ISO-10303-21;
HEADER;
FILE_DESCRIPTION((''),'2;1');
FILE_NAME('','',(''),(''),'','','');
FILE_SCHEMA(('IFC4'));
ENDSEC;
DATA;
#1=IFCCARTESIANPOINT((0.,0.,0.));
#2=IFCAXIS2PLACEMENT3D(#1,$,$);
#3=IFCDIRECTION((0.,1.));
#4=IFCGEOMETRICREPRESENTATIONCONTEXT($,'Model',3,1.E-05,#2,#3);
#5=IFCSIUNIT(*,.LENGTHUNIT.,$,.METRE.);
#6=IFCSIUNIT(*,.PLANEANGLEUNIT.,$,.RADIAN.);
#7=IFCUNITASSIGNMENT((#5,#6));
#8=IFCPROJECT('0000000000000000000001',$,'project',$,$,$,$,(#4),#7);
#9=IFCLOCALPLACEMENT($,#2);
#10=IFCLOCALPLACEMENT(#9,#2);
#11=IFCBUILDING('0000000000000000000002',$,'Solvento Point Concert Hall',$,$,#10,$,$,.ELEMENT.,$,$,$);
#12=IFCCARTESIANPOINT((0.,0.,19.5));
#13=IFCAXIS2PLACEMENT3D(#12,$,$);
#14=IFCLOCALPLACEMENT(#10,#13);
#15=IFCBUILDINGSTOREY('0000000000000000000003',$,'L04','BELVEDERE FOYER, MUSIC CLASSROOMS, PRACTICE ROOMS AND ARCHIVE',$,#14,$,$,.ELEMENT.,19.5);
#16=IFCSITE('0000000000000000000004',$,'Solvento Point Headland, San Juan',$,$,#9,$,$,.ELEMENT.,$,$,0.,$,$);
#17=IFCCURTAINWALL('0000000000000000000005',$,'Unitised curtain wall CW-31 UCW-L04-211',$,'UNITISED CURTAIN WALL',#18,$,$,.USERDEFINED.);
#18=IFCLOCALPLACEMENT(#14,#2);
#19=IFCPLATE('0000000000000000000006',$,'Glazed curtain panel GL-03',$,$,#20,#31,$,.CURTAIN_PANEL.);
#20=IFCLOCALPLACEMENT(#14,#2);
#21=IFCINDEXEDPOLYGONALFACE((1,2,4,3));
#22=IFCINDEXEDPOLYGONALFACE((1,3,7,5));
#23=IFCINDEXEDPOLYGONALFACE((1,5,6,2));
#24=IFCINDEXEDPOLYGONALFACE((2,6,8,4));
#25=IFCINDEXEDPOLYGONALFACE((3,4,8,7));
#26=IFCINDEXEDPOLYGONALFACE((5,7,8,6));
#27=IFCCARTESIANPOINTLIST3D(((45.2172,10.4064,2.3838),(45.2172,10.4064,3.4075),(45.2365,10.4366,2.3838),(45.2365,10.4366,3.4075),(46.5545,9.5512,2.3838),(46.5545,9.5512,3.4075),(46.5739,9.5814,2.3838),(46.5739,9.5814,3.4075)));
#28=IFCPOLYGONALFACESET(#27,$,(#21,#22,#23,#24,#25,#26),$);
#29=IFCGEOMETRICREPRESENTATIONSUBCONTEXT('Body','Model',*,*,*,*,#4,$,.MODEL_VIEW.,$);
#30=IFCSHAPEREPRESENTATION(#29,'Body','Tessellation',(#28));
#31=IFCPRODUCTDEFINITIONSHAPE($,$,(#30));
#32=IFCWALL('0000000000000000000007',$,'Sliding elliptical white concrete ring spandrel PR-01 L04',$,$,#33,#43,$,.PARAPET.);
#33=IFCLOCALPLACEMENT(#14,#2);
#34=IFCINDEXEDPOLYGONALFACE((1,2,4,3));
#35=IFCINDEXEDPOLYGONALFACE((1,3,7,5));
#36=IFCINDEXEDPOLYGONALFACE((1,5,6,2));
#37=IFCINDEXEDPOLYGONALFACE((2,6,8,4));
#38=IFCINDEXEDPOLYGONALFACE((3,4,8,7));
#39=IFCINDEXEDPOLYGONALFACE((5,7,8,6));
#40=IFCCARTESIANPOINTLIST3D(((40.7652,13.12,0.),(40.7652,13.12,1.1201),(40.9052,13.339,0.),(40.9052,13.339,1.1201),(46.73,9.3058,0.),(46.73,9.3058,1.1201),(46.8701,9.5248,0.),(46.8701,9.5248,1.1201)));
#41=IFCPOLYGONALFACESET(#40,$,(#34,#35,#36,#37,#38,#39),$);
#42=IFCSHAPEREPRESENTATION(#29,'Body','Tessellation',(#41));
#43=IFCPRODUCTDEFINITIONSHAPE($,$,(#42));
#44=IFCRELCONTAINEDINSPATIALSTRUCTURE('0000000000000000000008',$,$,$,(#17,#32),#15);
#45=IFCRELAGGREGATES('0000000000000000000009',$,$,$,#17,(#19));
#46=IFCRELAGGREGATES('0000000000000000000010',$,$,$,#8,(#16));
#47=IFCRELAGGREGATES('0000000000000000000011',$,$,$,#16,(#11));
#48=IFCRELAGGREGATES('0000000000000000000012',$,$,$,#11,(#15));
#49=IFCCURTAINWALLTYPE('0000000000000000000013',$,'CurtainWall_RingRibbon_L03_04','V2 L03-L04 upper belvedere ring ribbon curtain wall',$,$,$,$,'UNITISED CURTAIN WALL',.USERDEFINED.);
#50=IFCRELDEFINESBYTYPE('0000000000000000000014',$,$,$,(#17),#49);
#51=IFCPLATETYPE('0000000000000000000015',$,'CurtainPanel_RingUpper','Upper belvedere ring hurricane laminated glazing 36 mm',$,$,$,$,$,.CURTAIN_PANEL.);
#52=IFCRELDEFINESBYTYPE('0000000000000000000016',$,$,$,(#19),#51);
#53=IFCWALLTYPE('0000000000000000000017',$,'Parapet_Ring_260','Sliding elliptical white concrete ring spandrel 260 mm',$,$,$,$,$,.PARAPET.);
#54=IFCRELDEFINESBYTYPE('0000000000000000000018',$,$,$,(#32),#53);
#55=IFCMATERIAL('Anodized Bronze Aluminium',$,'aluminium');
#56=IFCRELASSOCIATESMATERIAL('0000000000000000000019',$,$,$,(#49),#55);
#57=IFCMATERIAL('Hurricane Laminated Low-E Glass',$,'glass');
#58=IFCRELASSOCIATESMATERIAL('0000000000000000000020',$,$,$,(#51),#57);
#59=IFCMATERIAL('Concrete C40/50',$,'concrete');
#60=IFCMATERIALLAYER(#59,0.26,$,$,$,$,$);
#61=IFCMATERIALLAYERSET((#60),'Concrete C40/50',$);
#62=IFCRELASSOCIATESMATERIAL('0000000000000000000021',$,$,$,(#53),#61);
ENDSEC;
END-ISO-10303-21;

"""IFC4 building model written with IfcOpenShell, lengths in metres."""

from ifc_helpers import new_model, si_unit, direction, frame, frame_2d, origin, origin_2d, place, context, subcontext, project, spatial, rectangle, extrude, material, layer, layer_set, type_object, element, aggregate, save


model = new_model("IFC4")

# Units and contexts
model_context = context("Model", 3, precision=1e-05, world=origin(), true_north=direction((0.0, 1.0)))
body_context = subcontext(model_context, "Body", "Model", "MODEL_VIEW")
ifc_project = project(units=[si_unit("LENGTHUNIT", "METRE"), si_unit("PLANEANGLEUNIT", "RADIAN")], contexts=[model_context])

# Site, building, storey
site_placement = place(None, origin())
site = spatial("IfcSite", under=ifc_project, at=site_placement, Name="Solvento Point Headland, San Juan", CompositionType="ELEMENT", RefElevation=0.0)
building_placement = place(site_placement, origin())
building = spatial("IfcBuilding", under=site, at=building_placement, Name="Solvento Point Concert Hall", CompositionType="ELEMENT")
storey_placement = place(building_placement, frame((0.0, 0.0, 19.5)))
storey = spatial("IfcBuildingStorey", under=building, at=storey_placement, Name="L04", Description="BELVEDERE FOYER, MUSIC CLASSROOMS, PRACTICE ROOMS AND ARCHIVE", CompositionType="ELEMENT", Elevation=19.5)

# Shared definitions
ifc_material_1 = material(Name="Anodized Bronze Aluminium", Category="aluminium")
curtain_wall_type = type_object("IfcCurtainWallType", Name="CurtainWall_RingRibbon_L03_04", Description="V2 L03-L04 upper belvedere ring ribbon curtain wall", ElementType="UNITISED CURTAIN WALL", PredefinedType="USERDEFINED", material=ifc_material_1)

# Curtain wall, plate
curtain_wall_1_placement = place(storey_placement, origin())
curtain_wall_1 = element("IfcCurtainWall", 1, at=curtain_wall_1_placement, inside=storey, type_object=curtain_wall_type, Name="Unitised curtain wall CW-31 UCW-L04-211", ObjectType="UNITISED CURTAIN WALL", PredefinedType="USERDEFINED")
ifc_material_2 = material(Name="Hurricane Laminated Low-E Glass", Category="glass")
plate_type = type_object("IfcPlateType", Name="CurtainPanel_RingUpper", Description="Upper belvedere ring hurricane laminated glazing 36 mm", PredefinedType="CURTAIN_PANEL", material=ifc_material_2)
plate_1_placement = place(storey_placement, frame((45.8955, 9.9939, 2.3838), z_axis=(0.0, 0.0, 1.0), x_axis=(-0.84249, 0.538712, 0.0)))
plate_1 = element("IfcPlate", 2, at=plate_1_placement, type_object=plate_type, Name="Glazed curtain panel GL-03", PredefinedType="CURTAIN_PANEL", context=body_context, shape_type="SweptSolid", body=[
    extrude(rectangle(XDim=1.5874, YDim=0.0359, at=origin_2d()), origin(), (0.0, 0.0, 1.0), 1.0237),
])
aggregate(curtain_wall_1, [plate_1])

# Wall
ifc_material_3 = material(Name="Concrete C40/50", Category="concrete")
ifc_layer = layer(ifc_material_3, 0.26)
ifc_layer_set = layer_set([ifc_layer], Name="Concrete C40/50")
wall_type = type_object("IfcWallType", Name="Parapet_Ring_260", Description="Sliding elliptical white concrete ring spandrel 260 mm", PredefinedType="PARAPET", material=ifc_layer_set)
wall_placement = place(storey_placement, frame((46.8, 9.4153, 0.0), z_axis=(0.0, 0.0, 1.0), x_axis=(-0.842482, 0.538724, 0.0)))
element("IfcWall", 3, at=wall_placement, inside=storey, type_object=wall_type, Name="Sliding elliptical white concrete ring spandrel PR-01 L04", PredefinedType="PARAPET", context=body_context, shape_type="SweptSolid", body=[
    extrude(rectangle(XDim=7.0801, YDim=0.26, at=frame_2d((3.54, 0.0))), origin(), (0.0, 0.0, 1.0), 1.1201),
])

save(model, "model.ifc")
